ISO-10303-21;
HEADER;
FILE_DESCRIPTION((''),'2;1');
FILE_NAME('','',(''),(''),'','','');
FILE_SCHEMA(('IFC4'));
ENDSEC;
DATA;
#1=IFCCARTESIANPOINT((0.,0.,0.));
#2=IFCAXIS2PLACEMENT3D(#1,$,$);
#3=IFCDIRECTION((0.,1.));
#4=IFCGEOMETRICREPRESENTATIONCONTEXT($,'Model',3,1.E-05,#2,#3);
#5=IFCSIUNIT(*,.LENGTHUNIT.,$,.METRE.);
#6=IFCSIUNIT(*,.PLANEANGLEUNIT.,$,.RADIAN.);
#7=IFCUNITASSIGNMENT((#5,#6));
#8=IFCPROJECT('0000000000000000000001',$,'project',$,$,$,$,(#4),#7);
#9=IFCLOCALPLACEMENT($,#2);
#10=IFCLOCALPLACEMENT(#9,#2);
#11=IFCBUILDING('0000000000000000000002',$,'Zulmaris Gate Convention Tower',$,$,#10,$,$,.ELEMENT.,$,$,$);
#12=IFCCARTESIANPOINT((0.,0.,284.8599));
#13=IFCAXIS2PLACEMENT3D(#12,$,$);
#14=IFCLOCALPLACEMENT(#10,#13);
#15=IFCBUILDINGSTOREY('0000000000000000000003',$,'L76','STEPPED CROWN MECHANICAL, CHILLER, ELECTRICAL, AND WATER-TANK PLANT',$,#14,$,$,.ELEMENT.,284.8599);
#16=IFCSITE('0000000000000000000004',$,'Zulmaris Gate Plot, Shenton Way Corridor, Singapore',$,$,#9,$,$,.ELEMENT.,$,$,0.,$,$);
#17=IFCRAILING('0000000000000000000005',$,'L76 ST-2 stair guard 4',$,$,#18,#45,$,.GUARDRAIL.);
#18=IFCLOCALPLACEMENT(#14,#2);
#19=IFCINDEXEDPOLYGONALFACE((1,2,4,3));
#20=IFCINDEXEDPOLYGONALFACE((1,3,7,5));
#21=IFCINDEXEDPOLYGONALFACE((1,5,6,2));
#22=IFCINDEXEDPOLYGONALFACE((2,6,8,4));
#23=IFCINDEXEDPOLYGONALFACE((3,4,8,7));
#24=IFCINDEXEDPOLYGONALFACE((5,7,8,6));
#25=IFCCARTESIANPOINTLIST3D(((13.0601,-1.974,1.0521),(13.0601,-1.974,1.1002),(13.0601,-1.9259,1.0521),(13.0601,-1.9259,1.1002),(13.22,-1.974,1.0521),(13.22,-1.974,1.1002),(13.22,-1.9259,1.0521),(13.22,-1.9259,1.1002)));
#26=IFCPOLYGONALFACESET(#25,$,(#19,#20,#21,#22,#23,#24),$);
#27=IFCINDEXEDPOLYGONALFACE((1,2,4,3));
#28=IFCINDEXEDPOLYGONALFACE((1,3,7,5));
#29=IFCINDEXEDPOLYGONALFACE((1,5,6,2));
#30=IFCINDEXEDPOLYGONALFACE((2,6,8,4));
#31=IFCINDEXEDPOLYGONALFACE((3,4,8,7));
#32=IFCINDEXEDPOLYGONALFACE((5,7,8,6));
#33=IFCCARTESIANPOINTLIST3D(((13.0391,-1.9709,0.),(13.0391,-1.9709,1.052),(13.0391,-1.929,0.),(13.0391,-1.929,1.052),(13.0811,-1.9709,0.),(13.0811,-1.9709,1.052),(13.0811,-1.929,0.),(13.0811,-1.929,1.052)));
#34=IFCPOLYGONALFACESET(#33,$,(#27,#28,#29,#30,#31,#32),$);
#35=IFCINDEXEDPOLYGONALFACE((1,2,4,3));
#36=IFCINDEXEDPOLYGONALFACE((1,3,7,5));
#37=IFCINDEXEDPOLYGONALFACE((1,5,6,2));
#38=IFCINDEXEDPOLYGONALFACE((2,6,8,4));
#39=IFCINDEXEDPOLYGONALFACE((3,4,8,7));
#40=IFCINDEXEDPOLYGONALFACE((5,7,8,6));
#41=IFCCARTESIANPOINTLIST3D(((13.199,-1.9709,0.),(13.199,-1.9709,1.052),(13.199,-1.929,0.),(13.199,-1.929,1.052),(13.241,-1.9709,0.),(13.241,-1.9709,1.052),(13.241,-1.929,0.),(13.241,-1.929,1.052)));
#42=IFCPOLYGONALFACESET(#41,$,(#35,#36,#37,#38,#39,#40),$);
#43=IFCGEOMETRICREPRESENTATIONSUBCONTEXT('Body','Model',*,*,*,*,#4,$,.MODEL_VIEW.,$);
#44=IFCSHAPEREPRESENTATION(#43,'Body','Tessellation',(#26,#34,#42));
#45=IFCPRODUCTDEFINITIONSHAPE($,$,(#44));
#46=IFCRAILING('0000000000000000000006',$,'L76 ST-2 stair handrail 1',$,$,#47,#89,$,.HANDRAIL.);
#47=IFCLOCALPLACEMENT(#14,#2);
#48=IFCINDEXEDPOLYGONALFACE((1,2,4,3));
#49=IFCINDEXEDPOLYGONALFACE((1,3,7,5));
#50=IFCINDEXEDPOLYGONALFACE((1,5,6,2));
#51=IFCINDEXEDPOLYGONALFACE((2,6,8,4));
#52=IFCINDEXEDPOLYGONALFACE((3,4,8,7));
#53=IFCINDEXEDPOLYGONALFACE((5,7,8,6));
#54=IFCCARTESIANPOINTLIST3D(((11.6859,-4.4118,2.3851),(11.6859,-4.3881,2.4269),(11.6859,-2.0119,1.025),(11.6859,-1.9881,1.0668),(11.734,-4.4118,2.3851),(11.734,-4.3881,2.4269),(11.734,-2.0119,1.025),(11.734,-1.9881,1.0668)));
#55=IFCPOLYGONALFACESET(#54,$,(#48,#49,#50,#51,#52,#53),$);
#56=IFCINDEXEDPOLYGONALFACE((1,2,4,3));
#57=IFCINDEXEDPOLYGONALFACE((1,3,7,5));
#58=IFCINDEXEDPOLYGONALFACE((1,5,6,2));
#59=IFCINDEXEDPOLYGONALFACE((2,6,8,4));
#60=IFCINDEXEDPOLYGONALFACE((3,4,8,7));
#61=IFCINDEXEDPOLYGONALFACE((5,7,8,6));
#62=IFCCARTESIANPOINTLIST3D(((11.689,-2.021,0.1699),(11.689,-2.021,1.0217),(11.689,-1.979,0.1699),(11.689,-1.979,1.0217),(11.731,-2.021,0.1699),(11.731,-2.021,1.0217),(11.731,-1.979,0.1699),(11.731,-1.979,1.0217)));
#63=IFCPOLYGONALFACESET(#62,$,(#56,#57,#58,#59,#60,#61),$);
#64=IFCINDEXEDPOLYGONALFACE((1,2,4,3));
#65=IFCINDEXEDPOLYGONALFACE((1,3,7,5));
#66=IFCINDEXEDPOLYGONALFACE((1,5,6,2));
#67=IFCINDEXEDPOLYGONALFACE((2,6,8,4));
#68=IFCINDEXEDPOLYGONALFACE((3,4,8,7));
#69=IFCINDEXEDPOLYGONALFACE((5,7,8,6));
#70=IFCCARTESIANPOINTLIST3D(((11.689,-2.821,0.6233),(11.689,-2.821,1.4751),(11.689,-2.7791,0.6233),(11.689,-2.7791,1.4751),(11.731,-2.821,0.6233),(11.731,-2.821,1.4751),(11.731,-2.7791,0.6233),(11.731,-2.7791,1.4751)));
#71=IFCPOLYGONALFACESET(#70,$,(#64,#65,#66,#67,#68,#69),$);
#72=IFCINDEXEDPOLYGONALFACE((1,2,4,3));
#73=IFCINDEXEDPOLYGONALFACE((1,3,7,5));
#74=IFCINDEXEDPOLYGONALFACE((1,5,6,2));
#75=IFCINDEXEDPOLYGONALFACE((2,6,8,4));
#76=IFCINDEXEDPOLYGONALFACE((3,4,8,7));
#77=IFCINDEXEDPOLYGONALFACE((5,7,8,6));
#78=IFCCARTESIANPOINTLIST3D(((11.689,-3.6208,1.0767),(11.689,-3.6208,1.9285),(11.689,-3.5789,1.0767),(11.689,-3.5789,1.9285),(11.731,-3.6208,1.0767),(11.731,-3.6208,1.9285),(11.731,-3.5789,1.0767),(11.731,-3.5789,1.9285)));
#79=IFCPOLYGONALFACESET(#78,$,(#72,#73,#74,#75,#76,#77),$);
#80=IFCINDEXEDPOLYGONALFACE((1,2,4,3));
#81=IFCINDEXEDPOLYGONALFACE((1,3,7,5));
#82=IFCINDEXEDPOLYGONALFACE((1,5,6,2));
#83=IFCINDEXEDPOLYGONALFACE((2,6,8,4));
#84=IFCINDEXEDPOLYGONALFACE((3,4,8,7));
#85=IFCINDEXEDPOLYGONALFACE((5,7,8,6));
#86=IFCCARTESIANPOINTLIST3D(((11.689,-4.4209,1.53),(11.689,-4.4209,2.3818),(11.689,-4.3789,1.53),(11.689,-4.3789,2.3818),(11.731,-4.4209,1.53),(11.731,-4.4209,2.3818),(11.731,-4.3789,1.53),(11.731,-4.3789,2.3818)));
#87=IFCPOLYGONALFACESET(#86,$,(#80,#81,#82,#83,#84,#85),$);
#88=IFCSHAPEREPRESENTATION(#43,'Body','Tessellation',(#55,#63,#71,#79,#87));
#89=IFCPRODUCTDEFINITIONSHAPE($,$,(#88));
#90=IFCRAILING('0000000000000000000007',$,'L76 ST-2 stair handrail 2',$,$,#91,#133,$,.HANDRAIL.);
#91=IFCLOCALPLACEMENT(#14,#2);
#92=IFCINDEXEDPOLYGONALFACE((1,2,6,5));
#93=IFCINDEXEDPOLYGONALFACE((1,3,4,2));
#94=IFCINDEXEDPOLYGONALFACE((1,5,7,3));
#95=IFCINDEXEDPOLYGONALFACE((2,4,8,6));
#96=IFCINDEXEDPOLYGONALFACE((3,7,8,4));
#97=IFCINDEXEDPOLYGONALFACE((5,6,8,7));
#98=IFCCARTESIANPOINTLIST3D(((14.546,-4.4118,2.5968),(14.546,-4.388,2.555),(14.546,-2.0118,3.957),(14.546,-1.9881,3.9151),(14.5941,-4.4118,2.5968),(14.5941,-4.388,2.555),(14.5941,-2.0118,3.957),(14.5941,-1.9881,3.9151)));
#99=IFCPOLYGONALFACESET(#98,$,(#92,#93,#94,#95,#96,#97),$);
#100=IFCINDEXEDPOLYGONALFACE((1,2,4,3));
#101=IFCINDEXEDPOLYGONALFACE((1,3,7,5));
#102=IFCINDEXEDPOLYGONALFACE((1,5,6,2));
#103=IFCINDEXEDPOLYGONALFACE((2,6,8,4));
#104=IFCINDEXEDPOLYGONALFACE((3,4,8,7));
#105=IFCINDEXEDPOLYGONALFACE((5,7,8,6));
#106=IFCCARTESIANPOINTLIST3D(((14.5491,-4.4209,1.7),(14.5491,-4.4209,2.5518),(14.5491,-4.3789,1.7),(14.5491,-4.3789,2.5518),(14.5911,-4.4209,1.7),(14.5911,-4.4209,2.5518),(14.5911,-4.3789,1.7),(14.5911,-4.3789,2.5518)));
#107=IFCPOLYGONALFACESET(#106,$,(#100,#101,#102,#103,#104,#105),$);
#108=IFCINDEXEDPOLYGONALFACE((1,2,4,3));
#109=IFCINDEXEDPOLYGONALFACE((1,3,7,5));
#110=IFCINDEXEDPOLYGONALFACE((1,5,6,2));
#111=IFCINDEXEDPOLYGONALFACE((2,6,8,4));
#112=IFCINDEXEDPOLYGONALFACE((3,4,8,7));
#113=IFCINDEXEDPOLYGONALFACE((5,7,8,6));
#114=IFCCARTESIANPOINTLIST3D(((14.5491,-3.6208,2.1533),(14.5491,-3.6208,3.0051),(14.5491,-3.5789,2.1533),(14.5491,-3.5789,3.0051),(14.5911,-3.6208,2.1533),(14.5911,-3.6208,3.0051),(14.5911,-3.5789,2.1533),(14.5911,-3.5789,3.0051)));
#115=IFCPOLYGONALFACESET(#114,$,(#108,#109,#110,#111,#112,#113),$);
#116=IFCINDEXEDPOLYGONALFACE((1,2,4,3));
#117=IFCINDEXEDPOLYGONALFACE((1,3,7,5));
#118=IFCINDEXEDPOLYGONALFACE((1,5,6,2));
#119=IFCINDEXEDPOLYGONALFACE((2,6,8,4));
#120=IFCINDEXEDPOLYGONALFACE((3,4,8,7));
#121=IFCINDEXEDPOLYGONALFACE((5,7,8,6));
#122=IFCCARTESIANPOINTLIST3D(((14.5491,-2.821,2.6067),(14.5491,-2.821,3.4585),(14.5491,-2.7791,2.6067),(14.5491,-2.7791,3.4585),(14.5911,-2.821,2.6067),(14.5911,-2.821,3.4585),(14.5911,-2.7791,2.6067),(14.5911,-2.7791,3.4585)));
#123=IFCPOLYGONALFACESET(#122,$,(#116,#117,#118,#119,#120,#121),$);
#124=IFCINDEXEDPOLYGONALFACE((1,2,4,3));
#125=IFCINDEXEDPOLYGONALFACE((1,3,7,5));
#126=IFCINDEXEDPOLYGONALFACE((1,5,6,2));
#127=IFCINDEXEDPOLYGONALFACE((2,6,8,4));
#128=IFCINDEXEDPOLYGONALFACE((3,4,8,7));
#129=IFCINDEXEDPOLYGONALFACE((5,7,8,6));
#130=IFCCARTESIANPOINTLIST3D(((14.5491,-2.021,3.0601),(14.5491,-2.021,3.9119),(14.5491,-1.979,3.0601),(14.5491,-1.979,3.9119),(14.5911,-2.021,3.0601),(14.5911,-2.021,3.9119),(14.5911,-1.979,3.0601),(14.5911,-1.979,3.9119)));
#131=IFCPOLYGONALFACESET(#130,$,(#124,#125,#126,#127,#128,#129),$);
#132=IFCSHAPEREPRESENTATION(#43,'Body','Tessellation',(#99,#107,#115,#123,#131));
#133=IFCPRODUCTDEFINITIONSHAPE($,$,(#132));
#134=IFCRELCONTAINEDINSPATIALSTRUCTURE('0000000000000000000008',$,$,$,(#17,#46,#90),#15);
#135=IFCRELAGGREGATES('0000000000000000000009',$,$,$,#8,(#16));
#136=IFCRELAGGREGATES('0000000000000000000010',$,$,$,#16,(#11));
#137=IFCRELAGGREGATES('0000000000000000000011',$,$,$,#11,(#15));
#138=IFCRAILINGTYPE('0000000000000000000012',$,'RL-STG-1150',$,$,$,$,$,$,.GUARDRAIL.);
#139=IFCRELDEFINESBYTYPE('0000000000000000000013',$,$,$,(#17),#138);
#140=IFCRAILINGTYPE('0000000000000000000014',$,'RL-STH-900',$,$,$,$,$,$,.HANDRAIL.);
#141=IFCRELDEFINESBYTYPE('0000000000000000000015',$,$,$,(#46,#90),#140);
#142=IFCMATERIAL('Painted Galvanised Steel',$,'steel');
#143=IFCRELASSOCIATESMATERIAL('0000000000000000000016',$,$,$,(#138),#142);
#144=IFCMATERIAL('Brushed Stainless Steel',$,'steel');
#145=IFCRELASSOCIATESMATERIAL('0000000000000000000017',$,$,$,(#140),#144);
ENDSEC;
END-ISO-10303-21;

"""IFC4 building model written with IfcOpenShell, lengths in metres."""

from ifc_helpers import new_model, si_unit, direction, frame, origin, origin_2d, place, context, subcontext, project, spatial, rectangle, extrude, material, type_object, element, save


model = new_model("IFC4")

# Units and contexts
model_context = context("Model", 3, precision=1e-05, world=origin(), true_north=direction((0.0, 1.0)))
body_context = subcontext(model_context, "Body", "Model", "MODEL_VIEW")
ifc_project = project(units=[si_unit("LENGTHUNIT", "METRE"), si_unit("PLANEANGLEUNIT", "RADIAN")], contexts=[model_context])

# Site, building, storey
site_placement = place(None, origin())
site = spatial("IfcSite", under=ifc_project, at=site_placement, Name="Zulmaris Gate Plot, Shenton Way Corridor, Singapore", CompositionType="ELEMENT", RefElevation=0.0)
building_placement = place(site_placement, origin())
building = spatial("IfcBuilding", under=site, at=building_placement, Name="Zulmaris Gate Convention Tower", CompositionType="ELEMENT")
storey_placement = place(building_placement, frame((0.0, 0.0, 284.8599)))
storey = spatial("IfcBuildingStorey", under=building, at=storey_placement, Name="L76", Description="STEPPED CROWN MECHANICAL, CHILLER, ELECTRICAL, AND WATER-TANK PLANT", CompositionType="ELEMENT", Elevation=284.8599)

# Railings
ifc_material_1 = material(Name="Painted Galvanised Steel", Category="steel")
railing_type_1 = type_object("IfcRailingType", Name="RL-STG-1150", PredefinedType="GUARDRAIL", material=ifc_material_1)
railing_1_placement = place(storey_placement, frame((13.0601, -1.95, 0.0)))
element("IfcRailing", 1, at=railing_1_placement, inside=storey, type_object=railing_type_1, Name="L76 ST-2 stair guard 4", PredefinedType="GUARDRAIL", context=body_context, shape_type="SweptSolid", body=[
    extrude(rectangle(XDim=0.0481, YDim=0.0481, at=origin_2d()), frame((0.0, 0.0, 1.0762), z_axis=(1.0, 0.0, 0.0), x_axis=(0.0, 1.0, 0.0)), (0.0, 0.0, 1.0), 0.1599),
    extrude(rectangle(XDim=0.042, YDim=0.042, at=origin_2d()), origin(), (0.0, 0.0, 1.0), 1.052),
    extrude(rectangle(XDim=0.042, YDim=0.042, at=origin_2d()), frame((0.1599, 0.0, 0.0)), (0.0, 0.0, 1.0), 1.052),
])
ifc_material_2 = material(Name="Brushed Stainless Steel", Category="steel")
railing_type_2 = type_object("IfcRailingType", Name="RL-STH-900", PredefinedType="HANDRAIL", material=ifc_material_2)
railing_2_placement = place(storey_placement, frame((11.71, -2.0, 0.1699)))
element("IfcRailing", 2, at=railing_2_placement, inside=storey, type_object=railing_type_2, Name="L76 ST-2 stair handrail 1", PredefinedType="HANDRAIL", context=body_context, shape_type="SweptSolid", body=[
    extrude(rectangle(XDim=0.0481, YDim=0.0481, at=origin_2d()), frame((0.0, 0.0, 0.876), z_axis=(0.0, -0.869997, 0.493057), x_axis=(1.0, 0.0, 0.0)), (0.0, 0.0, 1.0), 2.7585),
    extrude(rectangle(XDim=0.042, YDim=0.042, at=origin_2d()), origin(), (0.0, 0.0, 1.0), 0.8518),
    extrude(rectangle(XDim=0.042, YDim=0.042, at=origin_2d()), frame((0.0, -0.8, 0.4534)), (0.0, 0.0, 1.0), 0.8518),
    extrude(rectangle(XDim=0.042, YDim=0.042, at=origin_2d()), frame((0.0, -1.5999, 0.9067)), (0.0, 0.0, 1.0), 0.8518),
    extrude(rectangle(XDim=0.042, YDim=0.042, at=origin_2d()), frame((0.0, -2.3999, 1.3601)), (0.0, 0.0, 1.0), 0.8518),
])
railing_3_placement = place(storey_placement, frame((14.5701, -4.3999, 1.7)))
element("IfcRailing", 3, at=railing_3_placement, inside=storey, type_object=railing_type_2, Name="L76 ST-2 stair handrail 2", PredefinedType="HANDRAIL", context=body_context, shape_type="SweptSolid", body=[
    extrude(rectangle(XDim=0.0481, YDim=0.0481, at=origin_2d()), frame((0.0, 0.0, 0.876), z_axis=(0.0, 0.869997, 0.493057), x_axis=(-1.0, 0.0, 0.0)), (0.0, 0.0, 1.0), 2.7585),
    extrude(rectangle(XDim=0.042, YDim=0.042, at=origin_2d()), origin(), (0.0, 0.0, 1.0), 0.8518),
    extrude(rectangle(XDim=0.042, YDim=0.042, at=origin_2d()), frame((0.0, 0.8, 0.4534)), (0.0, 0.0, 1.0), 0.8518),
    extrude(rectangle(XDim=0.042, YDim=0.042, at=origin_2d()), frame((0.0, 1.5999, 0.9067)), (0.0, 0.0, 1.0), 0.8518),
    extrude(rectangle(XDim=0.042, YDim=0.042, at=origin_2d()), frame((0.0, 2.3999, 1.3601)), (0.0, 0.0, 1.0), 0.8518),
])

save(model, "model.ifc")
